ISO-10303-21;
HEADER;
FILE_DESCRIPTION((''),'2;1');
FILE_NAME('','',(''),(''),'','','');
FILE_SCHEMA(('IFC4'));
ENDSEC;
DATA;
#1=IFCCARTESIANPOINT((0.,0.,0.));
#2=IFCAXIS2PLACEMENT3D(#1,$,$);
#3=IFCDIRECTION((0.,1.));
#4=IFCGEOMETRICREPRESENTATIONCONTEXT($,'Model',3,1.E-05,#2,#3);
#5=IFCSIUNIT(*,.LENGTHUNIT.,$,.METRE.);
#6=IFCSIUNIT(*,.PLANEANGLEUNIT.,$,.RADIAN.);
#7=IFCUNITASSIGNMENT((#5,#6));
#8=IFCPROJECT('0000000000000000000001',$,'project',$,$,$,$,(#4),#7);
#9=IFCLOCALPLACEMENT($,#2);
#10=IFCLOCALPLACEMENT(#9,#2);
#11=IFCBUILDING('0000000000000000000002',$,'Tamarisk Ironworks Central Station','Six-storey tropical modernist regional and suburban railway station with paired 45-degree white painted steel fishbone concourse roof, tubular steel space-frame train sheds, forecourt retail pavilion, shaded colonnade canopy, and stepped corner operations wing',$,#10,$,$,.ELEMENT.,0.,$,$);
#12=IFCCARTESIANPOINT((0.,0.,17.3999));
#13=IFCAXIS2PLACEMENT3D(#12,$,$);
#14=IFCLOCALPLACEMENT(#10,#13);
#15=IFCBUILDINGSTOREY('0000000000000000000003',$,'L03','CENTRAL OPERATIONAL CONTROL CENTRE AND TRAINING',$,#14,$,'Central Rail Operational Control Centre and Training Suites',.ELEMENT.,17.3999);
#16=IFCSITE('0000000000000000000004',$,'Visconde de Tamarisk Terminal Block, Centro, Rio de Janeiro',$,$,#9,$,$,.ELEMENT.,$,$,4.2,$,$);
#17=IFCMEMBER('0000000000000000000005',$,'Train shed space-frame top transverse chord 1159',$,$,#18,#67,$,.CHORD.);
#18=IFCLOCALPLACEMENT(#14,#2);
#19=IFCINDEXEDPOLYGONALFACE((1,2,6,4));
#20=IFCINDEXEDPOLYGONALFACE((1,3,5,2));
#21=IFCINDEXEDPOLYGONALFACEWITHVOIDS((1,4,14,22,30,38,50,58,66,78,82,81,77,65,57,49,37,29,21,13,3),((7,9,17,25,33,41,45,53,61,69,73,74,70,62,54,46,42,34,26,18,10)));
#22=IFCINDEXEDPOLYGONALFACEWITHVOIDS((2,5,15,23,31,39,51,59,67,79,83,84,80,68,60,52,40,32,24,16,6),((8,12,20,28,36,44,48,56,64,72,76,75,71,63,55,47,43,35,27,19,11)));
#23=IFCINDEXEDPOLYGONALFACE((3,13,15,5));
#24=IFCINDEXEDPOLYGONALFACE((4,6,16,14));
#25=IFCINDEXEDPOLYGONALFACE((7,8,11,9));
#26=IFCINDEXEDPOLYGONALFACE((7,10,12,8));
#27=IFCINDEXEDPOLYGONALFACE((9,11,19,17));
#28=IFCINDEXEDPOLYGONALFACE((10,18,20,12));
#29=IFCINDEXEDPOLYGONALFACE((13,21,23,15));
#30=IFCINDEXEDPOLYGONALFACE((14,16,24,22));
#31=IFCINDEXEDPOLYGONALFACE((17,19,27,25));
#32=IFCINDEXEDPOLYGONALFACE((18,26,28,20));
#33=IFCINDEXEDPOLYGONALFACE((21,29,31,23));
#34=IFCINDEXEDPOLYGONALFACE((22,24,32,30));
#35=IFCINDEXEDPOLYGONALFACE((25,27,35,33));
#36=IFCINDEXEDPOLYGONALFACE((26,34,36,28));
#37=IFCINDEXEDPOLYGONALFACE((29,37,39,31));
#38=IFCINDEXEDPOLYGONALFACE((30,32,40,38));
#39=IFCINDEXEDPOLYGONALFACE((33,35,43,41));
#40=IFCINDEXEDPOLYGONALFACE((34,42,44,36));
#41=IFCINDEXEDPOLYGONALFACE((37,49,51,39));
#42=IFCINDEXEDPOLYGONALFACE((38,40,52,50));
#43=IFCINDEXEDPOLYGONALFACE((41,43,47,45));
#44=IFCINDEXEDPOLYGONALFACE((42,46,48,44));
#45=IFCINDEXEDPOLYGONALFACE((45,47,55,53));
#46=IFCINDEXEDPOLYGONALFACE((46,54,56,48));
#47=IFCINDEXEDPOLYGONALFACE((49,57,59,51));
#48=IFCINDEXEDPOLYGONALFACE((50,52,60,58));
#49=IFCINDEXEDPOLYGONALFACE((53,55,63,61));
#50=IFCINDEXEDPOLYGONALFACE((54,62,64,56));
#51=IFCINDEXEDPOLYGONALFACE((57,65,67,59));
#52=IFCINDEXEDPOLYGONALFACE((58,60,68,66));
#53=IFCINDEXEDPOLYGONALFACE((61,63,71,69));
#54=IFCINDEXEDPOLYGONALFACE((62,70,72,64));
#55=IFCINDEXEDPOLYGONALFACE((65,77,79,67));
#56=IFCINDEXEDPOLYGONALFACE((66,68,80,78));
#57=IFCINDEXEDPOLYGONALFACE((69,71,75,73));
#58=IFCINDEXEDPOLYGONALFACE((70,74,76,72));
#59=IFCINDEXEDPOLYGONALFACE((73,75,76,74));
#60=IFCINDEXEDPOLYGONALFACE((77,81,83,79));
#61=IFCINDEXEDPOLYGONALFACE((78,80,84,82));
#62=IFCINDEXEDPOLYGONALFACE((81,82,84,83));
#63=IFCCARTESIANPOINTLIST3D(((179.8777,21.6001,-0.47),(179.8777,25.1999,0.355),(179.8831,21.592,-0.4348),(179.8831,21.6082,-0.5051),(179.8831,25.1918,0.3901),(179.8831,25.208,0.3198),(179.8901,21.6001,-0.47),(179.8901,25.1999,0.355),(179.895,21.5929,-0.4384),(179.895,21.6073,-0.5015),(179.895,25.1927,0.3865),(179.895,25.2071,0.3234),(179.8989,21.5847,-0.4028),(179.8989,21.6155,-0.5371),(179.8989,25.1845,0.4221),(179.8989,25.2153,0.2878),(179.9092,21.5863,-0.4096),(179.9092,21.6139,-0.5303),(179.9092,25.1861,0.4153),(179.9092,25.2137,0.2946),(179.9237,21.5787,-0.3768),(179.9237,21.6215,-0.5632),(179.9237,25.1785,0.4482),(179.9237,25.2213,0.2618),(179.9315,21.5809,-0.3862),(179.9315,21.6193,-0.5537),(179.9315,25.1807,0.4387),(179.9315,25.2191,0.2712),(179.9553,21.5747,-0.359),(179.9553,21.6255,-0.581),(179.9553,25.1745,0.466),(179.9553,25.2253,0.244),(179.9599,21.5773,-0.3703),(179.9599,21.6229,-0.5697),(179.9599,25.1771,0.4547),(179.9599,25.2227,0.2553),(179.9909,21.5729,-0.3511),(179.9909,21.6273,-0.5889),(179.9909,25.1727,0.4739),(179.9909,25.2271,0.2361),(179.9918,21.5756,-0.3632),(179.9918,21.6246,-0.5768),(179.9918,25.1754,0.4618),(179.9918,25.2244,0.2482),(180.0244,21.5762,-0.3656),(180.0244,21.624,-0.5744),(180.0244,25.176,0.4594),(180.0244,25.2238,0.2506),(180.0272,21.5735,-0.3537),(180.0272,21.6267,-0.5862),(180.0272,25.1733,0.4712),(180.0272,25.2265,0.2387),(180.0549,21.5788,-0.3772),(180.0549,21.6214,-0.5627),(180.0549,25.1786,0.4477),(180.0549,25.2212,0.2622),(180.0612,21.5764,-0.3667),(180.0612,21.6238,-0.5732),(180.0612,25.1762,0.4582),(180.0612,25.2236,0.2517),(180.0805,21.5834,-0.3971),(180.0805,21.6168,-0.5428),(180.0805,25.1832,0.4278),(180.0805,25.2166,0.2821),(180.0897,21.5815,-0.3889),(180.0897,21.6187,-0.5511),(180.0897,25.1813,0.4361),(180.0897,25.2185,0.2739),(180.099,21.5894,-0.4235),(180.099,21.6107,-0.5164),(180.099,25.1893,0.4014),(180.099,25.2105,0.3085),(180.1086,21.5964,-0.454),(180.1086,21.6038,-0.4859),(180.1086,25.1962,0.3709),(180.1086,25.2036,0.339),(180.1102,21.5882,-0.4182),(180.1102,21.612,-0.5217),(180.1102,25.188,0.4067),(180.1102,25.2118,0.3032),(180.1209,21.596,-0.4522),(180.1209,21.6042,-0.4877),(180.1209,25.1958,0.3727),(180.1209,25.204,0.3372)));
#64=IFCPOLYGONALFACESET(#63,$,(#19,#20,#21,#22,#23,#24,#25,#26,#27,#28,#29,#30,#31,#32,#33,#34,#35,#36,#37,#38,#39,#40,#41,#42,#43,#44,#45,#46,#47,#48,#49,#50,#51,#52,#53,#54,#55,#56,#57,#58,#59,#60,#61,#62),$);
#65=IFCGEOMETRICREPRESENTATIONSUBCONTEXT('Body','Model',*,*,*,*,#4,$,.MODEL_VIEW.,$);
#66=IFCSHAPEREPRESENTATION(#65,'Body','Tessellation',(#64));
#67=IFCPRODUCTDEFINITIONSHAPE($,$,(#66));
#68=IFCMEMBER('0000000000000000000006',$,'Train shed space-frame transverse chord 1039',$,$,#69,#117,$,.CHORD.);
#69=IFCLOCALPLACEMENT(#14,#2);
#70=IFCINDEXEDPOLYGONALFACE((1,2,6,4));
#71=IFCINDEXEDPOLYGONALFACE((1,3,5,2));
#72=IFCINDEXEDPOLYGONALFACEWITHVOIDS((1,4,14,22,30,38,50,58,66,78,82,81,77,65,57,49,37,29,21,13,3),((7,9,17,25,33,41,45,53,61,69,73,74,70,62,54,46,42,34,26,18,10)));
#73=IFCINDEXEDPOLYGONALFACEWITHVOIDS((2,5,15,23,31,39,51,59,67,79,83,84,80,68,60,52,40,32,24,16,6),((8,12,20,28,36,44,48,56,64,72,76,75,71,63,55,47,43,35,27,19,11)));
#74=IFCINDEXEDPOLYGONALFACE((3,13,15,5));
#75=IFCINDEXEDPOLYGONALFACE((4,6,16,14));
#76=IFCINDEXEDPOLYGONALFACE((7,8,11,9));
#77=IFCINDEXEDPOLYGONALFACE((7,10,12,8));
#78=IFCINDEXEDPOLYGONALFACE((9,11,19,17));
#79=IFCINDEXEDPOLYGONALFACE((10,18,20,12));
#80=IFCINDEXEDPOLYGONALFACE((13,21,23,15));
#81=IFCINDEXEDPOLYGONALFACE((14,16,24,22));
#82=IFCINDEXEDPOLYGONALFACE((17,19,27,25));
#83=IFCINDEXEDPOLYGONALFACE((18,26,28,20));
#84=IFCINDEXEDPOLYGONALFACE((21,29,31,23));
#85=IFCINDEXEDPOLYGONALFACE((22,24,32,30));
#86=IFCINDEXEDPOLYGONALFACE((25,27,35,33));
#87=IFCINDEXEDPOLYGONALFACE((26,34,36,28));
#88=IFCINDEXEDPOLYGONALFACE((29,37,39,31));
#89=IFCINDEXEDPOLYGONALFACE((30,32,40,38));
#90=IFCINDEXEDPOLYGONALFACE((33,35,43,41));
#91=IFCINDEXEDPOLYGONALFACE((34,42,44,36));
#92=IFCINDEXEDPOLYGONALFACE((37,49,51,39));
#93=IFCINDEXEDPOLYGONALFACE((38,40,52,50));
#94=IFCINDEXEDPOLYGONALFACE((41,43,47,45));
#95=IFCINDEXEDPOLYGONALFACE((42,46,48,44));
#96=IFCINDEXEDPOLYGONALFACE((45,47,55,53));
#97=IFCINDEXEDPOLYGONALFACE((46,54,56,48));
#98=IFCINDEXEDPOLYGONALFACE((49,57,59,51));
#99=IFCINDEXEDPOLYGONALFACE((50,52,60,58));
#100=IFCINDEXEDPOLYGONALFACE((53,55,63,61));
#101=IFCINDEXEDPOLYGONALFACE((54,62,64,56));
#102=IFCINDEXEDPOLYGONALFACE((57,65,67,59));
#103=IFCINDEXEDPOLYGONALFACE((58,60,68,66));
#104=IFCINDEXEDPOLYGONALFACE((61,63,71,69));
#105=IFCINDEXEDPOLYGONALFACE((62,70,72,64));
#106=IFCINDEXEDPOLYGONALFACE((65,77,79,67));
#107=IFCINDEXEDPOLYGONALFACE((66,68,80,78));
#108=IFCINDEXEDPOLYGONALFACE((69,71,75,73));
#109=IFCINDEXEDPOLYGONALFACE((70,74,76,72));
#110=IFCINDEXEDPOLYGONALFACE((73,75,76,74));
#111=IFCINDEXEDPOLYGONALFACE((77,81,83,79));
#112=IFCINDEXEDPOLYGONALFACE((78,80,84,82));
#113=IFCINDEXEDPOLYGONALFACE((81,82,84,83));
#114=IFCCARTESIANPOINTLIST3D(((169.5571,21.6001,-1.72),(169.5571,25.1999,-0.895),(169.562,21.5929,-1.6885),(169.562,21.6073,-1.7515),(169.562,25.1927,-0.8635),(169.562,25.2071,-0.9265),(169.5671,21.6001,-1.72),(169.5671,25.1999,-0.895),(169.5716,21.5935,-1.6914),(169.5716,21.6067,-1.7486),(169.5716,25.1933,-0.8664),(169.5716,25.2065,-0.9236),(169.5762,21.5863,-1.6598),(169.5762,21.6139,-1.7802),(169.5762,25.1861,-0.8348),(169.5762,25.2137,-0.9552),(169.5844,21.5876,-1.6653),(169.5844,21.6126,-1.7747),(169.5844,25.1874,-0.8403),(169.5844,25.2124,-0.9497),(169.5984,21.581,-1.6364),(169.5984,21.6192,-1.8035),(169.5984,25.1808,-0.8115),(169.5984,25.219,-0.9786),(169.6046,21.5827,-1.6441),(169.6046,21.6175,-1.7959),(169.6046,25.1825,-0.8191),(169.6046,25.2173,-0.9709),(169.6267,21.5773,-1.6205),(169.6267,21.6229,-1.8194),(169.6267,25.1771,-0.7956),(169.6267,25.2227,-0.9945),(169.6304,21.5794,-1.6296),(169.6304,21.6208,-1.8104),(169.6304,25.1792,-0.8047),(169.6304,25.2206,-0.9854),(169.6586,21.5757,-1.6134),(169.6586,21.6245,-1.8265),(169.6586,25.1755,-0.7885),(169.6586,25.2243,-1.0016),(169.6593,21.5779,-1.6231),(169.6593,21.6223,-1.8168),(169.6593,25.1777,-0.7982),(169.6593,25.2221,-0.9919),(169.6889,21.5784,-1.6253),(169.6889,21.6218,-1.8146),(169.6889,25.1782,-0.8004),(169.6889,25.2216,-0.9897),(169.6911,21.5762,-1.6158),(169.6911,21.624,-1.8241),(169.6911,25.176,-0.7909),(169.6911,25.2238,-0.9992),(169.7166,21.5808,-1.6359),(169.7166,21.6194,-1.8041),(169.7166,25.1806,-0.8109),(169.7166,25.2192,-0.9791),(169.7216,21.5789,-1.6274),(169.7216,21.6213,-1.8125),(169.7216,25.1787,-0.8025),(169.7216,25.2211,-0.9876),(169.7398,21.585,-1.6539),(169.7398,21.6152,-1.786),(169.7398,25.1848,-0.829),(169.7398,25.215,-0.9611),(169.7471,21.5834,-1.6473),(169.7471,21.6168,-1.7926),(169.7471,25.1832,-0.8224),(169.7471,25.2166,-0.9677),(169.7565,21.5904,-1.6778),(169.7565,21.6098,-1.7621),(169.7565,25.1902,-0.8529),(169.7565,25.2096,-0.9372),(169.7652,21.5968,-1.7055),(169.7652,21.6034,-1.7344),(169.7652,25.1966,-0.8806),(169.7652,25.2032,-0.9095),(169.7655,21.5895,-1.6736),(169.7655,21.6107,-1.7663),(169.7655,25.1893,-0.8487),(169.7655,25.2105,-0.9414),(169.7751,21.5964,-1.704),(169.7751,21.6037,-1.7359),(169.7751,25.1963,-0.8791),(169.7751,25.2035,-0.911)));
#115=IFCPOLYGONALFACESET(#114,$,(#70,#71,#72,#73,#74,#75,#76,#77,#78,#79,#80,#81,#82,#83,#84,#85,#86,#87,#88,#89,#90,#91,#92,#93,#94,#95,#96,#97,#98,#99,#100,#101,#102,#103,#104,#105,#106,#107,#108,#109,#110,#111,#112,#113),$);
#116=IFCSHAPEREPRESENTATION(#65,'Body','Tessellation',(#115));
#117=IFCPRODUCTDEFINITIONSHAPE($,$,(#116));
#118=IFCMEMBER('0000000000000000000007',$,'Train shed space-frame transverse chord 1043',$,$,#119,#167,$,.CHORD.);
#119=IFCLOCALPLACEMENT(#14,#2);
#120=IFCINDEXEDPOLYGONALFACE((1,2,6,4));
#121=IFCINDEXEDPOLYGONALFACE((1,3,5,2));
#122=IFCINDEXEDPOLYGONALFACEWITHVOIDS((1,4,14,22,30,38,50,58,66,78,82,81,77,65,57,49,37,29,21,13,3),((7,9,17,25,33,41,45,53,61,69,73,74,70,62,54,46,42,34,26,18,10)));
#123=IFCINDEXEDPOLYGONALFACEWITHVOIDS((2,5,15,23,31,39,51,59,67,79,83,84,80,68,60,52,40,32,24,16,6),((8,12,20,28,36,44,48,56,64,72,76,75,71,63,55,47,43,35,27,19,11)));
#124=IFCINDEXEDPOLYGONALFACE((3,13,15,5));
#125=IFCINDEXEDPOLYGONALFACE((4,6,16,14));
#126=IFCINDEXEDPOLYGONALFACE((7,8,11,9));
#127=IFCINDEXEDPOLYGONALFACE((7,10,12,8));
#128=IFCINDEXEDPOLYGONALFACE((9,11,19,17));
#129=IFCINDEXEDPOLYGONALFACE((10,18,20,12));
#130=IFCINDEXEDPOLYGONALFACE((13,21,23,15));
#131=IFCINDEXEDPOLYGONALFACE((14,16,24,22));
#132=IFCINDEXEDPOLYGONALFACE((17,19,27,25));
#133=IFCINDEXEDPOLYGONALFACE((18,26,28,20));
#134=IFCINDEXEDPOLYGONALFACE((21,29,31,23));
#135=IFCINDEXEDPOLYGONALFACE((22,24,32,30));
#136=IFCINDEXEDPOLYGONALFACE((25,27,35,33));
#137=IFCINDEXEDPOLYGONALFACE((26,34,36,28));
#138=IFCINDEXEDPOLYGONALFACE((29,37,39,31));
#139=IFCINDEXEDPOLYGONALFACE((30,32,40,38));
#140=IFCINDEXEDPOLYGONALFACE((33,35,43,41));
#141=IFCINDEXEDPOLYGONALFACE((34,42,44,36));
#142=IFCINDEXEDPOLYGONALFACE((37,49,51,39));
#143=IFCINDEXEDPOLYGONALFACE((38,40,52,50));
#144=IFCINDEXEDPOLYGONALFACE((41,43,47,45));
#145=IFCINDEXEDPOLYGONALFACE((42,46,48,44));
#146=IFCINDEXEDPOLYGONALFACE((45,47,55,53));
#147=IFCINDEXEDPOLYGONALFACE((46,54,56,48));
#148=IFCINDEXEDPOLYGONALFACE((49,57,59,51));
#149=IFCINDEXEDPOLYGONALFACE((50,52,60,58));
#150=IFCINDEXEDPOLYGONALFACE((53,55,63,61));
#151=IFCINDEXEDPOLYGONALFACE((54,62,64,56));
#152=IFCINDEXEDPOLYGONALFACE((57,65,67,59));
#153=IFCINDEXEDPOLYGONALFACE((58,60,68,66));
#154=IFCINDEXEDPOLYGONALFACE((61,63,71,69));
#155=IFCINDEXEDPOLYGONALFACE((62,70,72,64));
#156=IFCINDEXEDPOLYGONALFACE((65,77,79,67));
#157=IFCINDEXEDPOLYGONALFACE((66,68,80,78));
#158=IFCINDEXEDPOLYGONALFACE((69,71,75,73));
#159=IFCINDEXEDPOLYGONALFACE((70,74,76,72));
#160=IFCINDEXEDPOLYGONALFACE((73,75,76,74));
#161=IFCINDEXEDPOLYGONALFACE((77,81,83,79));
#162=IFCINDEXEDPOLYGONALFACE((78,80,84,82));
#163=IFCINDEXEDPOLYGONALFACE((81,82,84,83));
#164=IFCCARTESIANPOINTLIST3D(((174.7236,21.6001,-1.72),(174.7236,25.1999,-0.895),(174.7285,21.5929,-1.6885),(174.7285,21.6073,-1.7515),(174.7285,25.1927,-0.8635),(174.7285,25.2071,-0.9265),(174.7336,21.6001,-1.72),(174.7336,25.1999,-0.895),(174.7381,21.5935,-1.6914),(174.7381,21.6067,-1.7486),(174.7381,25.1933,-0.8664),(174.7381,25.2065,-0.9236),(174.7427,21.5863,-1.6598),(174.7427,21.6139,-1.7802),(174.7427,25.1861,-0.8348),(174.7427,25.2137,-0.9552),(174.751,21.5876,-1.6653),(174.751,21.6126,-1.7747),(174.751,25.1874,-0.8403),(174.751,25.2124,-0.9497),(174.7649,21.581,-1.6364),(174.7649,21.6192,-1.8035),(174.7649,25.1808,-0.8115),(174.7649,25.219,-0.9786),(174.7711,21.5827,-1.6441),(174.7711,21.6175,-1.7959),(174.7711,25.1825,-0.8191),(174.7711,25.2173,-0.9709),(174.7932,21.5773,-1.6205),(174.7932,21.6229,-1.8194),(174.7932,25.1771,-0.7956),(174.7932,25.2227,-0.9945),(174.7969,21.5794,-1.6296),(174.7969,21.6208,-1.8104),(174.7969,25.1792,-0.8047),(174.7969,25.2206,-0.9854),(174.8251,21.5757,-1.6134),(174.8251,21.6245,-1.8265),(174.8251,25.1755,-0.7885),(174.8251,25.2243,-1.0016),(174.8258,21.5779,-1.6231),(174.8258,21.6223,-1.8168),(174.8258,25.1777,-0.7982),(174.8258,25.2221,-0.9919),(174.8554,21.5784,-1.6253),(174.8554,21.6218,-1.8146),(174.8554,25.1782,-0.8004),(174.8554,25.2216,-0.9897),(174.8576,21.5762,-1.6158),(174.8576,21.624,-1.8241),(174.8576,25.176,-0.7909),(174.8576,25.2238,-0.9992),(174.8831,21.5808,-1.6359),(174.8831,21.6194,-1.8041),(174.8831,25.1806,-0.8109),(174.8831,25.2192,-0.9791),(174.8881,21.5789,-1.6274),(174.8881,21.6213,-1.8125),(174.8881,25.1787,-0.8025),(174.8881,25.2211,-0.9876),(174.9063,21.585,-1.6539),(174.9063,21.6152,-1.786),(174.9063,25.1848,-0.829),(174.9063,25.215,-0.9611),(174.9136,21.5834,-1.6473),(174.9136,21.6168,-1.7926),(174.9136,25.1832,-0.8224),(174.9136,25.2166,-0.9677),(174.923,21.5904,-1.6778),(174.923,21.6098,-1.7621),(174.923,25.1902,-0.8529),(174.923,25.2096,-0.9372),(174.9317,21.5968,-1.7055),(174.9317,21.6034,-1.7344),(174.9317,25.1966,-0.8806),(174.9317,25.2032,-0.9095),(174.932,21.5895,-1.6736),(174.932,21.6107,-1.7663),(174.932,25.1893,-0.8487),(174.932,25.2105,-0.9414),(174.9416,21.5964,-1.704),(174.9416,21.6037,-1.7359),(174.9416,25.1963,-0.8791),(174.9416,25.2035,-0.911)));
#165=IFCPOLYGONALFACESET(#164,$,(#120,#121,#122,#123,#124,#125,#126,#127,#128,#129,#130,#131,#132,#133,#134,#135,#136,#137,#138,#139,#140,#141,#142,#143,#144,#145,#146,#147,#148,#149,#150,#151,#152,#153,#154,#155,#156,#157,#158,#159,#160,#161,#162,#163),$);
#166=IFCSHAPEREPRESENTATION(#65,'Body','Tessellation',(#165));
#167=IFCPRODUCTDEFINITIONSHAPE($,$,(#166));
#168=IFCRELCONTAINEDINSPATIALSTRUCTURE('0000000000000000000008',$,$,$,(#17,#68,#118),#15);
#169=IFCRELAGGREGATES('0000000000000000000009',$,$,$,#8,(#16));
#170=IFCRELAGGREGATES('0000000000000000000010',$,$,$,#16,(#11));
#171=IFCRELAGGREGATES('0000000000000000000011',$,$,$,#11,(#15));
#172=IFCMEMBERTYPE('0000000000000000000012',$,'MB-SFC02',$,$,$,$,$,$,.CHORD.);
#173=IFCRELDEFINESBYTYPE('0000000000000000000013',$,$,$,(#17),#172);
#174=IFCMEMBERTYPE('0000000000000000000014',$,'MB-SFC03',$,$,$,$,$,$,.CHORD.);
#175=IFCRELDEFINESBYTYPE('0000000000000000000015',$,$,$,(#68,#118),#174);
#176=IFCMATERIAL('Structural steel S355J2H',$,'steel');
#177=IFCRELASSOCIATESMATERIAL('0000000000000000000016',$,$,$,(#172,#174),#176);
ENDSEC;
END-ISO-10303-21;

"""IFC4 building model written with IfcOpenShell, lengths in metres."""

from ifc_helpers import new_model, si_unit, direction, frame, origin, origin_2d, place, context, subcontext, project, spatial, hollow_circle, extrude, material, material_profile, profile_set, type_object, element, save


model = new_model("IFC4")

# Units and contexts
model_context = context("Model", 3, precision=1e-05, world=origin(), true_north=direction((0.0, 1.0)))
body_context = subcontext(model_context, "Body", "Model", "MODEL_VIEW")
ifc_project = project(units=[si_unit("LENGTHUNIT", "METRE"), si_unit("PLANEANGLEUNIT", "RADIAN")], contexts=[model_context])

# Site, building, storey
site_placement = place(None, origin())
site = spatial("IfcSite", under=ifc_project, at=site_placement, Name="Visconde de Tamarisk Terminal Block, Centro, Rio de Janeiro", CompositionType="ELEMENT", RefElevation=4.2)
building_placement = place(site_placement, origin())
building = spatial("IfcBuilding", under=site, at=building_placement, Name="Tamarisk Ironworks Central Station", Description="Six-storey tropical modernist regional and suburban railway station with paired 45-degree white painted steel fishbone concourse roof, tubular steel space-frame train sheds, forecourt retail pavilion, shaded colonnade canopy, and stepped corner operations wing", CompositionType="ELEMENT", ElevationOfRefHeight=0.0)
storey_placement = place(building_placement, frame((0.0, 0.0, 17.3999)))
storey = spatial("IfcBuildingStorey", under=building, at=storey_placement, Name="L03", Description="CENTRAL OPERATIONAL CONTROL CENTRE AND TRAINING", LongName="Central Rail Operational Control Centre and Training Suites", CompositionType="ELEMENT", Elevation=17.3999)

# Members
ifc_material_1 = material(Name="Structural steel S355J2H", Category="steel")
ifc_material_profile_1 = material_profile(ifc_material_1, hollow_circle(Radius=0.1223, WallThickness=0.0125, at=origin_2d()), Name="CHS 244.5x12.5")
ifc_profile_set_1 = profile_set([ifc_material_profile_1], Name="Structural steel S355J2H")
member_type_1 = type_object("IfcMemberType", Name="MB-SFC02", PredefinedType="CHORD", material=ifc_profile_set_1)
for number, where, z_axis, x_axis, name in (
    (1, (180.0, 21.6001, -0.47), (0.0, 0.974733, 0.223372), (-1.0, 0.0, 0.0), "Train shed space-frame top transverse chord 1159"),
):
    element("IfcMember", number, at=place(storey_placement, frame(where, z_axis=z_axis, x_axis=x_axis)), inside=storey, type_object=member_type_1, Name=name, PredefinedType="CHORD", context=body_context, shape_type="SweptSolid", body=[
        extrude(hollow_circle(Radius=0.1223, WallThickness=0.0125, at=origin_2d()), origin(), (0.0, 0.0, 1.0), 3.6931),
    ])
ifc_material_profile_2 = material_profile(ifc_material_1, hollow_circle(Radius=0.1096, WallThickness=0.01, at=origin_2d()), Name="CHS 219.1x10")
ifc_profile_set_2 = profile_set([ifc_material_profile_2], Name="Structural steel S355J2H")
member_type_2 = type_object("IfcMemberType", Name="MB-SFC03", PredefinedType="CHORD", material=ifc_profile_set_2)
for number, where, z_axis, x_axis, name in (
    (2, (169.6667, 21.6001, -1.72), (0.0, 0.974733, 0.223372), (-1.0, 0.0, 0.0), "Train shed space-frame transverse chord 1039"),
    (3, (174.8333, 21.6001, -1.72), (0.0, 0.974733, 0.223372), (-1.0, 0.0, 0.0), "Train shed space-frame transverse chord 1043"),
):
    element("IfcMember", number, at=place(storey_placement, frame(where, z_axis=z_axis, x_axis=x_axis)), inside=storey, type_object=member_type_2, Name=name, PredefinedType="CHORD", context=body_context, shape_type="SweptSolid", body=[
        extrude(hollow_circle(Radius=0.1096, WallThickness=0.01, at=origin_2d()), origin(), (0.0, 0.0, 1.0), 3.6931),
    ])

save(model, "model.ifc")
